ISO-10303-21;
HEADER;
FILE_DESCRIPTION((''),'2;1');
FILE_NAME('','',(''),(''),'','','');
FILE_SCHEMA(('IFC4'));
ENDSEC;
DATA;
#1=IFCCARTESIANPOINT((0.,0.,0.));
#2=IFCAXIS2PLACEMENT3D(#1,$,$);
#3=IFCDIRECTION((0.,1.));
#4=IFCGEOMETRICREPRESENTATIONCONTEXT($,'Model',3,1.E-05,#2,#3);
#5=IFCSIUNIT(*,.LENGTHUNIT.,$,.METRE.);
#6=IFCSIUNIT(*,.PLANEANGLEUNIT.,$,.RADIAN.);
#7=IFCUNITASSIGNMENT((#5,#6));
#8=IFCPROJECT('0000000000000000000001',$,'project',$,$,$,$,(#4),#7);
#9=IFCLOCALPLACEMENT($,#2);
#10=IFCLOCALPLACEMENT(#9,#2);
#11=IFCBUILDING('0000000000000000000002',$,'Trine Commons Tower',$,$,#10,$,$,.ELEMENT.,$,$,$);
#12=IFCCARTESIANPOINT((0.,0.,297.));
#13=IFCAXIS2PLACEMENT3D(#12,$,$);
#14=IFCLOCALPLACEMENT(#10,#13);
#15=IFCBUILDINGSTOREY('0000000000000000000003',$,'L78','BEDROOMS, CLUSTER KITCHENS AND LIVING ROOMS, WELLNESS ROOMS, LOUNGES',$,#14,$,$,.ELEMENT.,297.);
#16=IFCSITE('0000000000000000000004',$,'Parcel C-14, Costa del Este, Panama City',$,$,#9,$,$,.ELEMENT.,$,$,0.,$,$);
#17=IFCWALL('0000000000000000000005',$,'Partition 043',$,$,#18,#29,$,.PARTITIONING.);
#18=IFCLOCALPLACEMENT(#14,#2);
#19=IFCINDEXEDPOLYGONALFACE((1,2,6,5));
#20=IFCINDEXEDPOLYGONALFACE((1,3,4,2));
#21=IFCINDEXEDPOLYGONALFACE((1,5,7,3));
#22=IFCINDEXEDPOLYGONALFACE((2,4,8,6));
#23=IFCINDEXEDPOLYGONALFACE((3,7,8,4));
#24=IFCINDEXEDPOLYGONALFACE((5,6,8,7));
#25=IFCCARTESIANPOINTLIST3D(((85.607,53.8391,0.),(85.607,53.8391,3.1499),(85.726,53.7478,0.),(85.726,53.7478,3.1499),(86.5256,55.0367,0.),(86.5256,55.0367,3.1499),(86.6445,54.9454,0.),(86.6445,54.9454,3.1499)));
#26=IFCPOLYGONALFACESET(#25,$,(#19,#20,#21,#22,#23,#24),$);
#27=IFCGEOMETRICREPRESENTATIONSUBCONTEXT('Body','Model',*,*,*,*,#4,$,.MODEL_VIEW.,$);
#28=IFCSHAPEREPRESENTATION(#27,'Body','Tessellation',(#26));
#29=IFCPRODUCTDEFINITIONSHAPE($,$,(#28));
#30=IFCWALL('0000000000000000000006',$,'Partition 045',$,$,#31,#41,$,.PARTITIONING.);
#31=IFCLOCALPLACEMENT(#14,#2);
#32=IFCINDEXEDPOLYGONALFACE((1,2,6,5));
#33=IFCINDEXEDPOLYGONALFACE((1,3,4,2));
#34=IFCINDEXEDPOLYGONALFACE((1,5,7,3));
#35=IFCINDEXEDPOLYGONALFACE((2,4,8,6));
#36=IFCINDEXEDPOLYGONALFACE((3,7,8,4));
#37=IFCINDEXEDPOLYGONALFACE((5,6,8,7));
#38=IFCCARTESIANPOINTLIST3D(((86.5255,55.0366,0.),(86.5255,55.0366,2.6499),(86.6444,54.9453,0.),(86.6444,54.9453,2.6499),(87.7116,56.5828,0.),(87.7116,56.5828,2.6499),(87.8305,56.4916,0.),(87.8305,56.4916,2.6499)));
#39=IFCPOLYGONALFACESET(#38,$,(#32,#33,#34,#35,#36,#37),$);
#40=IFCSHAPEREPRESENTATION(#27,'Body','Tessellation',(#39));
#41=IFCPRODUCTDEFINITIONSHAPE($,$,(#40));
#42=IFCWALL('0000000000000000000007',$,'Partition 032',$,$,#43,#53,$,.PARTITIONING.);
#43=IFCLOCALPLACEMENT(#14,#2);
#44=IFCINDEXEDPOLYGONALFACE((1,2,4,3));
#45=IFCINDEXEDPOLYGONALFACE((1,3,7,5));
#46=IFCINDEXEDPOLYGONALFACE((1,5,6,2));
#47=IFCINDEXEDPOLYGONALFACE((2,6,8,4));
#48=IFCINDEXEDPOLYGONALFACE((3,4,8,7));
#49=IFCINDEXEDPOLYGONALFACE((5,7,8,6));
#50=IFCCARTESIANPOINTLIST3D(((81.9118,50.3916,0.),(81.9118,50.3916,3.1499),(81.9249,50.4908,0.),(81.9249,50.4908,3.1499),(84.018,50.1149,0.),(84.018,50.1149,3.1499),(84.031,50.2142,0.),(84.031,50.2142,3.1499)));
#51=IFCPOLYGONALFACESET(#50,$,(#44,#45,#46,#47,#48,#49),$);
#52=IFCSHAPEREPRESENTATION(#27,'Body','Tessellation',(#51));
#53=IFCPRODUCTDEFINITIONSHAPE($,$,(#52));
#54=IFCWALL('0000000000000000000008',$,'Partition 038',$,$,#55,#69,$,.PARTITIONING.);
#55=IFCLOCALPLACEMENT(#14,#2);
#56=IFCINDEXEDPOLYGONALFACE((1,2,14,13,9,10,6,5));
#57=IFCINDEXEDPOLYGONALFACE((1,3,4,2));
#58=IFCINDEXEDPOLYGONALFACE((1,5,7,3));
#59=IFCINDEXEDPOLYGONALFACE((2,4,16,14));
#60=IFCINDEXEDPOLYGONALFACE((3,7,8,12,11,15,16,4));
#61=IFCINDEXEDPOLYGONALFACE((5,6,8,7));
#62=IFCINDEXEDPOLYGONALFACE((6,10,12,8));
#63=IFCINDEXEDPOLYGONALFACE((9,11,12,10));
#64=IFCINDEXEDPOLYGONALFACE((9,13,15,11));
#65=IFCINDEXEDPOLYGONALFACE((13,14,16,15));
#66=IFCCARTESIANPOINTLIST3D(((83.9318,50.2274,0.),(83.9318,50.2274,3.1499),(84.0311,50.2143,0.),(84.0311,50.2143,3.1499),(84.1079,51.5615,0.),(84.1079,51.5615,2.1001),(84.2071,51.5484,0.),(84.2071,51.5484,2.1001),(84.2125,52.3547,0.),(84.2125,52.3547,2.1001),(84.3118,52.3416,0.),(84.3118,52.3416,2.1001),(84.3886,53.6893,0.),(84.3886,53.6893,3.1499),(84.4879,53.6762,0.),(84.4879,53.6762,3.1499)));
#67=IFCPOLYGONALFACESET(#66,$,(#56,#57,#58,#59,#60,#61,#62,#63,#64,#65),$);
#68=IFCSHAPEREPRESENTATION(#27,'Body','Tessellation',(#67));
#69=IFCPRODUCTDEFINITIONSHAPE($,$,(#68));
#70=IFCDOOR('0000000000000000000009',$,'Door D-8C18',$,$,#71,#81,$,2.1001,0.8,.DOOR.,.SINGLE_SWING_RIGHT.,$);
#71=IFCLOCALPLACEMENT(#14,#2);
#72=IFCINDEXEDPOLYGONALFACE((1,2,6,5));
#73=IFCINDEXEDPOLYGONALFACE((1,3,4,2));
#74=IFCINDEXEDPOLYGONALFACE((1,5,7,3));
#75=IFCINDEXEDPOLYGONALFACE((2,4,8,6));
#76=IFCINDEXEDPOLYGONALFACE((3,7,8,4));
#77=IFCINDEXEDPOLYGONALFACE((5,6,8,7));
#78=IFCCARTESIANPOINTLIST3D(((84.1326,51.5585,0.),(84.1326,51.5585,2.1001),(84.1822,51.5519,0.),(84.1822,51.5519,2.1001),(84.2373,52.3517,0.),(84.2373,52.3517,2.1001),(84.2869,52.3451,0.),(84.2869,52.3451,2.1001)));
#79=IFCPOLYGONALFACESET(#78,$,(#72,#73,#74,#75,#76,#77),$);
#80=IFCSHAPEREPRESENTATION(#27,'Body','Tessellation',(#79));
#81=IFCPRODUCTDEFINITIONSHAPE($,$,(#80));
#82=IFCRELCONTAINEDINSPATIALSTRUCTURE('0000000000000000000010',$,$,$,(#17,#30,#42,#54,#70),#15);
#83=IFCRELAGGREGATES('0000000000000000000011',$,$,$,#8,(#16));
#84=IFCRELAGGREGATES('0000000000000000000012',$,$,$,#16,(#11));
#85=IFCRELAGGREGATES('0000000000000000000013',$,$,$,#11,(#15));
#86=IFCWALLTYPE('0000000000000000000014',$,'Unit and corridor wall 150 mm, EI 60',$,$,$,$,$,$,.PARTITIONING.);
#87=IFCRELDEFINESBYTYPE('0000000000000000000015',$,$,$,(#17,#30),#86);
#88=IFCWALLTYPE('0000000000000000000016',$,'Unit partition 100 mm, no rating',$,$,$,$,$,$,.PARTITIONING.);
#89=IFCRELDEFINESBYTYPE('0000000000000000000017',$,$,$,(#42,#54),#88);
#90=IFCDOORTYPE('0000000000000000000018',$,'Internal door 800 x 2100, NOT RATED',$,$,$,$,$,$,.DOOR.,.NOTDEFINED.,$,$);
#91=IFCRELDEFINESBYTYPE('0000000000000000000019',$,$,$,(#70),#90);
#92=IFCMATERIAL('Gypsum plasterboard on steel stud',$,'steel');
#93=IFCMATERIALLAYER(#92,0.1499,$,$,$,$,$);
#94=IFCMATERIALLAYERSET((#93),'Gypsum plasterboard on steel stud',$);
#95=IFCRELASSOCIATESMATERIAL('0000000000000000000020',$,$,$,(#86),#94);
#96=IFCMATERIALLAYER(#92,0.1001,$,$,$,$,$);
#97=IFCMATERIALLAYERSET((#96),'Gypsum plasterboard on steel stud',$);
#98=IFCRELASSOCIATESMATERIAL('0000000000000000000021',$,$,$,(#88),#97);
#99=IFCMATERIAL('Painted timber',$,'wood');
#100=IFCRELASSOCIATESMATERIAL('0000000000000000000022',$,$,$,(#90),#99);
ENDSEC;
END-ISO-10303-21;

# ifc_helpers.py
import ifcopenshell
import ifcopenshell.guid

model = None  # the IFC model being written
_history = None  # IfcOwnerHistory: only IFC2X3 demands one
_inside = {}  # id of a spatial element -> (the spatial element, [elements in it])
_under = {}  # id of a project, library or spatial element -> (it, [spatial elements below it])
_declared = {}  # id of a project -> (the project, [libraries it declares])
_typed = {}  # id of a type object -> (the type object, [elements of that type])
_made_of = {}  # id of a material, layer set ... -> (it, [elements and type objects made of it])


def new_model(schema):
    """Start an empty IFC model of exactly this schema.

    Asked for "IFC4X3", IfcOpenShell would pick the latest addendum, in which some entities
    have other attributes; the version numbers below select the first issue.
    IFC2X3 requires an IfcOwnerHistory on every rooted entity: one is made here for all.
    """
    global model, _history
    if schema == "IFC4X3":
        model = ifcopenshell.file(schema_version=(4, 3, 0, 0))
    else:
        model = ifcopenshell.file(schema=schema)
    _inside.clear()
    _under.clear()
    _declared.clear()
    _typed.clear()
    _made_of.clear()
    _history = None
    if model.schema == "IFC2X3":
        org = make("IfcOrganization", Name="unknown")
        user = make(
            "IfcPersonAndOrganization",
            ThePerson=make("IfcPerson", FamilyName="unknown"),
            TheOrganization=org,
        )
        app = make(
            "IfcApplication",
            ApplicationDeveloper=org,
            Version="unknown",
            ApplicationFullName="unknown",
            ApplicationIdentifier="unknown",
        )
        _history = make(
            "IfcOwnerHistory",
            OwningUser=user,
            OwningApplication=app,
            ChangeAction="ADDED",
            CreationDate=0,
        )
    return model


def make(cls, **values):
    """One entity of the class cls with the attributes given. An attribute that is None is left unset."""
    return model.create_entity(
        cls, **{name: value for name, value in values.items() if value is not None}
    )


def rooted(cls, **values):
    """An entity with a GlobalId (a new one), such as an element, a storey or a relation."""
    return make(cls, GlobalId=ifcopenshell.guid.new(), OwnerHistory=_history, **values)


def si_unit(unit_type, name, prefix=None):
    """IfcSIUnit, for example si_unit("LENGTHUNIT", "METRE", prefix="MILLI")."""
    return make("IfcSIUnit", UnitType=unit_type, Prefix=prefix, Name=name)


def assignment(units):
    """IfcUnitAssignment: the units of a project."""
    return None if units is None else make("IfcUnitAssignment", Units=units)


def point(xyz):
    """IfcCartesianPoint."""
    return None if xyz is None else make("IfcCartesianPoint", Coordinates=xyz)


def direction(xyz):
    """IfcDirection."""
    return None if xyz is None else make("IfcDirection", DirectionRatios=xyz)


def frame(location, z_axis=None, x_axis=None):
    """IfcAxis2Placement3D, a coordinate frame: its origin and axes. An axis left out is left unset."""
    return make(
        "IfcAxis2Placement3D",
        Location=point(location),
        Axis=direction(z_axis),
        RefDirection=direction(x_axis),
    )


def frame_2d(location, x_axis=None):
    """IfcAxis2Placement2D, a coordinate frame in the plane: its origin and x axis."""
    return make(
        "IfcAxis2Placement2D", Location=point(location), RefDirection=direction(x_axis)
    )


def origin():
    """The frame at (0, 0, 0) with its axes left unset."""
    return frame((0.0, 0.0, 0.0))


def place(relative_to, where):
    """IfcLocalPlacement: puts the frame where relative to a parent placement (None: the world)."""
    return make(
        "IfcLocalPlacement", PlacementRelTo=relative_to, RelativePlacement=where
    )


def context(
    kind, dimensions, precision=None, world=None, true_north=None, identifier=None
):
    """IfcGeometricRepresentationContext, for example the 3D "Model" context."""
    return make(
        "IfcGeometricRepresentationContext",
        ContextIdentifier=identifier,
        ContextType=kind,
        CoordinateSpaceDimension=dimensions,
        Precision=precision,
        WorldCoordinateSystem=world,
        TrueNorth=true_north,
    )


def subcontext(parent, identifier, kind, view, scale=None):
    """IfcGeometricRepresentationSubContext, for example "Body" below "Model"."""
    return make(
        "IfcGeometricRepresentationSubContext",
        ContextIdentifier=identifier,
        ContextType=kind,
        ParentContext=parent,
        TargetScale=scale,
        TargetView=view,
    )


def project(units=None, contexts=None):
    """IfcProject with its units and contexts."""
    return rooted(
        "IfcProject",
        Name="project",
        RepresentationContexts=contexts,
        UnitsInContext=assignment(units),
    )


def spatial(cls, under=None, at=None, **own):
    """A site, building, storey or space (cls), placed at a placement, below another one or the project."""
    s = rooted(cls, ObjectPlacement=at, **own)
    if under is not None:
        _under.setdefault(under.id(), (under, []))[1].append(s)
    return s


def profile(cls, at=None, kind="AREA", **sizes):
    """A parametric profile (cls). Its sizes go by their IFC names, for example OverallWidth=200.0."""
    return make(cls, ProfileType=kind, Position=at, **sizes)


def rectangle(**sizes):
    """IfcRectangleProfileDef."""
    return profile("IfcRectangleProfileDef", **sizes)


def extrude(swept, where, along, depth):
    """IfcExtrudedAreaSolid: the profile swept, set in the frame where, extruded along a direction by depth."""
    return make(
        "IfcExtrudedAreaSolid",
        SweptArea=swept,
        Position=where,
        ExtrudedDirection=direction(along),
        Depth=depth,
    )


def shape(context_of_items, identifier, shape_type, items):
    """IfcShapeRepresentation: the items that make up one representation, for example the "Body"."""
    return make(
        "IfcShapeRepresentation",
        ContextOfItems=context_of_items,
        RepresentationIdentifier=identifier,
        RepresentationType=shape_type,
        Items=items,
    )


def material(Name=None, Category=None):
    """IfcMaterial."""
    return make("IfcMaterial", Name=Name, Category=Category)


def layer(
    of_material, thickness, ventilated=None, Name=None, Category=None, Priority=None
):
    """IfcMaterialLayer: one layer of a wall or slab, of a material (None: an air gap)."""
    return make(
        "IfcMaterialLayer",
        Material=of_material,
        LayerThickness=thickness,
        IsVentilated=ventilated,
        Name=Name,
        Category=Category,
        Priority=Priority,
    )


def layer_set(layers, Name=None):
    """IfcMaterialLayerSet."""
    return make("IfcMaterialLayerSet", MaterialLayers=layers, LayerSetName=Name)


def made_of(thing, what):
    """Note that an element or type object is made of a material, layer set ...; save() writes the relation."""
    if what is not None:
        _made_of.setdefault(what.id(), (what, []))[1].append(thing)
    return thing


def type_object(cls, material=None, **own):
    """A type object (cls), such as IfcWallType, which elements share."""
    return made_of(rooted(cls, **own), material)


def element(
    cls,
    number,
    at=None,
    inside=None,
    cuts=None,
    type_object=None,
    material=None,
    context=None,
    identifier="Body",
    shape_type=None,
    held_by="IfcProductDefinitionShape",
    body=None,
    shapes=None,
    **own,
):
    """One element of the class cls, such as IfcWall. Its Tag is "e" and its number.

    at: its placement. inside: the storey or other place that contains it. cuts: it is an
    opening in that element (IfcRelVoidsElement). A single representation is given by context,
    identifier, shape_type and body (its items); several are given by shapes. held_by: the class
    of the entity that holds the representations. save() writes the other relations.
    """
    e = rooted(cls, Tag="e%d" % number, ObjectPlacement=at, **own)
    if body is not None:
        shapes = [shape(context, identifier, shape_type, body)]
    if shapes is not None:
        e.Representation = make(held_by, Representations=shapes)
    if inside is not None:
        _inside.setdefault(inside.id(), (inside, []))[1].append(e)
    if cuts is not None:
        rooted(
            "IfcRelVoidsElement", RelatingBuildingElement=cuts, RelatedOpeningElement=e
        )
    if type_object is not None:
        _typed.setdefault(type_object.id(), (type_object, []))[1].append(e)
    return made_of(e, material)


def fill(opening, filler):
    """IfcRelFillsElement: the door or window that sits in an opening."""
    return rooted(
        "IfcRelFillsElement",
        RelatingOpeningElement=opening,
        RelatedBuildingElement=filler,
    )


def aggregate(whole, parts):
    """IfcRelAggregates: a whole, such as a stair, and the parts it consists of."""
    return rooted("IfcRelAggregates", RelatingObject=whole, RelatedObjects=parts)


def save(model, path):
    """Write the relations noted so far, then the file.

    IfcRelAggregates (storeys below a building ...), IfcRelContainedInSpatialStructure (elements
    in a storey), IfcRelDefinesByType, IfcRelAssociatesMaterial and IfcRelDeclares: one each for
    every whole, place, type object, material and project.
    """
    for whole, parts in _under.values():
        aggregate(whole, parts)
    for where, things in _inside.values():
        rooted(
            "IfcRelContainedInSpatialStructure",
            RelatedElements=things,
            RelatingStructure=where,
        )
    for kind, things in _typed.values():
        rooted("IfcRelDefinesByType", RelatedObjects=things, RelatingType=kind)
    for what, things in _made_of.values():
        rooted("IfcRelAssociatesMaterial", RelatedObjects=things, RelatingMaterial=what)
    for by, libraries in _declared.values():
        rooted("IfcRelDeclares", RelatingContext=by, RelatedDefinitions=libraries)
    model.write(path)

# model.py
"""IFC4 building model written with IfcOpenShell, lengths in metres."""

from ifc_helpers import new_model, si_unit, direction, frame, frame_2d, origin, place, context, subcontext, project, spatial, rectangle, extrude, material, layer, layer_set, type_object, element, fill, save


model = new_model("IFC4")

# Units and contexts
model_context = context("Model", 3, precision=1e-05, world=origin(), true_north=direction((0.0, 1.0)))
body_context = subcontext(model_context, "Body", "Model", "MODEL_VIEW")
ifc_project = project(units=[si_unit("LENGTHUNIT", "METRE"), si_unit("PLANEANGLEUNIT", "RADIAN")], contexts=[model_context])

# Site, building, storey
site_placement = place(None, origin())
site = spatial("IfcSite", under=ifc_project, at=site_placement, Name="Parcel C-14, Costa del Este, Panama City", CompositionType="ELEMENT", RefElevation=0.0)
building_placement = place(site_placement, origin())
building = spatial("IfcBuilding", under=site, at=building_placement, Name="Trine Commons Tower", CompositionType="ELEMENT")
storey_placement = place(building_placement, frame((0.0, 0.0, 297.0)))
storey = spatial("IfcBuildingStorey", under=building, at=storey_placement, Name="L78", Description="BEDROOMS, CLUSTER KITCHENS AND LIVING ROOMS, WELLNESS ROOMS, LOUNGES", CompositionType="ELEMENT", Elevation=297.0)

# Walls
ifc_material_1 = material(Name="Gypsum plasterboard on steel stud", Category="steel")
ifc_layer_1 = layer(ifc_material_1, 0.1499)
ifc_layer_set_1 = layer_set([ifc_layer_1], Name="Gypsum plasterboard on steel stud")
wall_type_1 = type_object("IfcWallType", Name="Unit and corridor wall 150 mm, EI 60", PredefinedType="PARTITIONING", material=ifc_layer_set_1)
wall_1_placement = place(storey_placement, frame((85.6665, 53.7935, 0.0), z_axis=(0.0, 0.0, 1.0), x_axis=(0.608584, 0.793489, 0.0)))
element("IfcWall", 1, at=wall_1_placement, inside=storey, type_object=wall_type_1, Name="Partition 043", PredefinedType="PARTITIONING", context=body_context, shape_type="SweptSolid", body=[
    extrude(rectangle(XDim=1.5093, YDim=0.1499, at=frame_2d((0.7546, 0.0))), origin(), (0.0, 0.0, 1.0), 3.1499),
])
wall_2_placement = place(storey_placement, frame((86.585, 54.991, 0.0), z_axis=(0.0, 0.0, 1.0), x_axis=(0.608645, 0.793443, 0.0)))
element("IfcWall", 2, at=wall_2_placement, inside=storey, type_object=wall_type_1, Name="Partition 045", PredefinedType="PARTITIONING", context=body_context, shape_type="SweptSolid", body=[
    extrude(rectangle(XDim=1.9487, YDim=0.1499, at=frame_2d((0.9744, 0.0))), origin(), (0.0, 0.0, 1.0), 2.6499),
])
ifc_layer_2 = layer(ifc_material_1, 0.1001)
ifc_layer_set_2 = layer_set([ifc_layer_2], Name="Gypsum plasterboard on steel stud")
wall_type_2 = type_object("IfcWallType", Name="Unit partition 100 mm, no rating", PredefinedType="PARTITIONING", material=ifc_layer_set_2)
wall_3_placement = place(storey_placement, frame((81.9185, 50.4412, 0.0), z_axis=(0.0, 0.0, 1.0), x_axis=(0.991486, -0.130214, 0.0)))
element("IfcWall", 3, at=wall_3_placement, inside=storey, type_object=wall_type_2, Name="Partition 032", PredefinedType="PARTITIONING", context=body_context, shape_type="SweptSolid", body=[
    extrude(rectangle(XDim=2.1243, YDim=0.1001, at=frame_2d((1.062, 0.0))), origin(), (0.0, 0.0, 1.0), 3.1499),
])

# Wall, opening, door
wall_4_placement = place(storey_placement, frame((83.9814, 50.2207, 0.0), z_axis=(0.0, 0.0, 1.0), x_axis=(0.130813, 0.991407, 0.0)))
wall_4 = element("IfcWall", 4, at=wall_4_placement, inside=storey, type_object=wall_type_2, Name="Partition 038", PredefinedType="PARTITIONING", context=body_context, shape_type="SweptSolid", body=[
    extrude(rectangle(XDim=3.4919, YDim=0.1001, at=frame_2d((1.7461, 0.0))), origin(), (0.0, 0.0, 1.0), 3.1499),
])
opening_1_placement = place(wall_4_placement, frame((1.3459, 0.0, 0.0)))
opening_1 = element("IfcOpeningElement", 5, at=opening_1_placement, cuts=wall_4, PredefinedType="OPENING", context=body_context, shape_type="SweptSolid", body=[
    extrude(rectangle(XDim=0.8, YDim=2.1001, at=frame_2d((0.3999, 1.05))), frame((0.0, 0.0601, 0.0), z_axis=(0.0, -1.0, 0.0), x_axis=(1.0, 0.0, 0.0)), (0.0, 0.0, 1.0), 0.1201),
])
ifc_material_2 = material(Name="Painted timber", Category="wood")
door_type_1 = type_object("IfcDoorType", Name="Internal door 800 x 2100, NOT RATED", OperationType="NOTDEFINED", PredefinedType="DOOR", material=ifc_material_2)
door_1_placement = place(opening_1_placement, frame((0.8, 0.0, 0.0), z_axis=(0.0, 0.0, 1.0), x_axis=(-1.0, 0.0, 0.0)))
door_1 = element("IfcDoor", 6, at=door_1_placement, inside=storey, type_object=door_type_1, Name="Door D-8C18", OperationType="SINGLE_SWING_RIGHT", OverallHeight=2.1001, OverallWidth=0.8, PredefinedType="DOOR", context=body_context, shape_type="SweptSolid", body=[
    extrude(rectangle(XDim=0.8, YDim=2.1001, at=frame_2d((0.3999, 1.05))), frame((0.0, 0.0249, 0.0), z_axis=(0.0, -1.0, 0.0), x_axis=(1.0, 0.0, 0.0)), (0.0, 0.0, 1.0), 0.05),
])
fill(opening_1, door_1)

save(model, "model.ifc")
